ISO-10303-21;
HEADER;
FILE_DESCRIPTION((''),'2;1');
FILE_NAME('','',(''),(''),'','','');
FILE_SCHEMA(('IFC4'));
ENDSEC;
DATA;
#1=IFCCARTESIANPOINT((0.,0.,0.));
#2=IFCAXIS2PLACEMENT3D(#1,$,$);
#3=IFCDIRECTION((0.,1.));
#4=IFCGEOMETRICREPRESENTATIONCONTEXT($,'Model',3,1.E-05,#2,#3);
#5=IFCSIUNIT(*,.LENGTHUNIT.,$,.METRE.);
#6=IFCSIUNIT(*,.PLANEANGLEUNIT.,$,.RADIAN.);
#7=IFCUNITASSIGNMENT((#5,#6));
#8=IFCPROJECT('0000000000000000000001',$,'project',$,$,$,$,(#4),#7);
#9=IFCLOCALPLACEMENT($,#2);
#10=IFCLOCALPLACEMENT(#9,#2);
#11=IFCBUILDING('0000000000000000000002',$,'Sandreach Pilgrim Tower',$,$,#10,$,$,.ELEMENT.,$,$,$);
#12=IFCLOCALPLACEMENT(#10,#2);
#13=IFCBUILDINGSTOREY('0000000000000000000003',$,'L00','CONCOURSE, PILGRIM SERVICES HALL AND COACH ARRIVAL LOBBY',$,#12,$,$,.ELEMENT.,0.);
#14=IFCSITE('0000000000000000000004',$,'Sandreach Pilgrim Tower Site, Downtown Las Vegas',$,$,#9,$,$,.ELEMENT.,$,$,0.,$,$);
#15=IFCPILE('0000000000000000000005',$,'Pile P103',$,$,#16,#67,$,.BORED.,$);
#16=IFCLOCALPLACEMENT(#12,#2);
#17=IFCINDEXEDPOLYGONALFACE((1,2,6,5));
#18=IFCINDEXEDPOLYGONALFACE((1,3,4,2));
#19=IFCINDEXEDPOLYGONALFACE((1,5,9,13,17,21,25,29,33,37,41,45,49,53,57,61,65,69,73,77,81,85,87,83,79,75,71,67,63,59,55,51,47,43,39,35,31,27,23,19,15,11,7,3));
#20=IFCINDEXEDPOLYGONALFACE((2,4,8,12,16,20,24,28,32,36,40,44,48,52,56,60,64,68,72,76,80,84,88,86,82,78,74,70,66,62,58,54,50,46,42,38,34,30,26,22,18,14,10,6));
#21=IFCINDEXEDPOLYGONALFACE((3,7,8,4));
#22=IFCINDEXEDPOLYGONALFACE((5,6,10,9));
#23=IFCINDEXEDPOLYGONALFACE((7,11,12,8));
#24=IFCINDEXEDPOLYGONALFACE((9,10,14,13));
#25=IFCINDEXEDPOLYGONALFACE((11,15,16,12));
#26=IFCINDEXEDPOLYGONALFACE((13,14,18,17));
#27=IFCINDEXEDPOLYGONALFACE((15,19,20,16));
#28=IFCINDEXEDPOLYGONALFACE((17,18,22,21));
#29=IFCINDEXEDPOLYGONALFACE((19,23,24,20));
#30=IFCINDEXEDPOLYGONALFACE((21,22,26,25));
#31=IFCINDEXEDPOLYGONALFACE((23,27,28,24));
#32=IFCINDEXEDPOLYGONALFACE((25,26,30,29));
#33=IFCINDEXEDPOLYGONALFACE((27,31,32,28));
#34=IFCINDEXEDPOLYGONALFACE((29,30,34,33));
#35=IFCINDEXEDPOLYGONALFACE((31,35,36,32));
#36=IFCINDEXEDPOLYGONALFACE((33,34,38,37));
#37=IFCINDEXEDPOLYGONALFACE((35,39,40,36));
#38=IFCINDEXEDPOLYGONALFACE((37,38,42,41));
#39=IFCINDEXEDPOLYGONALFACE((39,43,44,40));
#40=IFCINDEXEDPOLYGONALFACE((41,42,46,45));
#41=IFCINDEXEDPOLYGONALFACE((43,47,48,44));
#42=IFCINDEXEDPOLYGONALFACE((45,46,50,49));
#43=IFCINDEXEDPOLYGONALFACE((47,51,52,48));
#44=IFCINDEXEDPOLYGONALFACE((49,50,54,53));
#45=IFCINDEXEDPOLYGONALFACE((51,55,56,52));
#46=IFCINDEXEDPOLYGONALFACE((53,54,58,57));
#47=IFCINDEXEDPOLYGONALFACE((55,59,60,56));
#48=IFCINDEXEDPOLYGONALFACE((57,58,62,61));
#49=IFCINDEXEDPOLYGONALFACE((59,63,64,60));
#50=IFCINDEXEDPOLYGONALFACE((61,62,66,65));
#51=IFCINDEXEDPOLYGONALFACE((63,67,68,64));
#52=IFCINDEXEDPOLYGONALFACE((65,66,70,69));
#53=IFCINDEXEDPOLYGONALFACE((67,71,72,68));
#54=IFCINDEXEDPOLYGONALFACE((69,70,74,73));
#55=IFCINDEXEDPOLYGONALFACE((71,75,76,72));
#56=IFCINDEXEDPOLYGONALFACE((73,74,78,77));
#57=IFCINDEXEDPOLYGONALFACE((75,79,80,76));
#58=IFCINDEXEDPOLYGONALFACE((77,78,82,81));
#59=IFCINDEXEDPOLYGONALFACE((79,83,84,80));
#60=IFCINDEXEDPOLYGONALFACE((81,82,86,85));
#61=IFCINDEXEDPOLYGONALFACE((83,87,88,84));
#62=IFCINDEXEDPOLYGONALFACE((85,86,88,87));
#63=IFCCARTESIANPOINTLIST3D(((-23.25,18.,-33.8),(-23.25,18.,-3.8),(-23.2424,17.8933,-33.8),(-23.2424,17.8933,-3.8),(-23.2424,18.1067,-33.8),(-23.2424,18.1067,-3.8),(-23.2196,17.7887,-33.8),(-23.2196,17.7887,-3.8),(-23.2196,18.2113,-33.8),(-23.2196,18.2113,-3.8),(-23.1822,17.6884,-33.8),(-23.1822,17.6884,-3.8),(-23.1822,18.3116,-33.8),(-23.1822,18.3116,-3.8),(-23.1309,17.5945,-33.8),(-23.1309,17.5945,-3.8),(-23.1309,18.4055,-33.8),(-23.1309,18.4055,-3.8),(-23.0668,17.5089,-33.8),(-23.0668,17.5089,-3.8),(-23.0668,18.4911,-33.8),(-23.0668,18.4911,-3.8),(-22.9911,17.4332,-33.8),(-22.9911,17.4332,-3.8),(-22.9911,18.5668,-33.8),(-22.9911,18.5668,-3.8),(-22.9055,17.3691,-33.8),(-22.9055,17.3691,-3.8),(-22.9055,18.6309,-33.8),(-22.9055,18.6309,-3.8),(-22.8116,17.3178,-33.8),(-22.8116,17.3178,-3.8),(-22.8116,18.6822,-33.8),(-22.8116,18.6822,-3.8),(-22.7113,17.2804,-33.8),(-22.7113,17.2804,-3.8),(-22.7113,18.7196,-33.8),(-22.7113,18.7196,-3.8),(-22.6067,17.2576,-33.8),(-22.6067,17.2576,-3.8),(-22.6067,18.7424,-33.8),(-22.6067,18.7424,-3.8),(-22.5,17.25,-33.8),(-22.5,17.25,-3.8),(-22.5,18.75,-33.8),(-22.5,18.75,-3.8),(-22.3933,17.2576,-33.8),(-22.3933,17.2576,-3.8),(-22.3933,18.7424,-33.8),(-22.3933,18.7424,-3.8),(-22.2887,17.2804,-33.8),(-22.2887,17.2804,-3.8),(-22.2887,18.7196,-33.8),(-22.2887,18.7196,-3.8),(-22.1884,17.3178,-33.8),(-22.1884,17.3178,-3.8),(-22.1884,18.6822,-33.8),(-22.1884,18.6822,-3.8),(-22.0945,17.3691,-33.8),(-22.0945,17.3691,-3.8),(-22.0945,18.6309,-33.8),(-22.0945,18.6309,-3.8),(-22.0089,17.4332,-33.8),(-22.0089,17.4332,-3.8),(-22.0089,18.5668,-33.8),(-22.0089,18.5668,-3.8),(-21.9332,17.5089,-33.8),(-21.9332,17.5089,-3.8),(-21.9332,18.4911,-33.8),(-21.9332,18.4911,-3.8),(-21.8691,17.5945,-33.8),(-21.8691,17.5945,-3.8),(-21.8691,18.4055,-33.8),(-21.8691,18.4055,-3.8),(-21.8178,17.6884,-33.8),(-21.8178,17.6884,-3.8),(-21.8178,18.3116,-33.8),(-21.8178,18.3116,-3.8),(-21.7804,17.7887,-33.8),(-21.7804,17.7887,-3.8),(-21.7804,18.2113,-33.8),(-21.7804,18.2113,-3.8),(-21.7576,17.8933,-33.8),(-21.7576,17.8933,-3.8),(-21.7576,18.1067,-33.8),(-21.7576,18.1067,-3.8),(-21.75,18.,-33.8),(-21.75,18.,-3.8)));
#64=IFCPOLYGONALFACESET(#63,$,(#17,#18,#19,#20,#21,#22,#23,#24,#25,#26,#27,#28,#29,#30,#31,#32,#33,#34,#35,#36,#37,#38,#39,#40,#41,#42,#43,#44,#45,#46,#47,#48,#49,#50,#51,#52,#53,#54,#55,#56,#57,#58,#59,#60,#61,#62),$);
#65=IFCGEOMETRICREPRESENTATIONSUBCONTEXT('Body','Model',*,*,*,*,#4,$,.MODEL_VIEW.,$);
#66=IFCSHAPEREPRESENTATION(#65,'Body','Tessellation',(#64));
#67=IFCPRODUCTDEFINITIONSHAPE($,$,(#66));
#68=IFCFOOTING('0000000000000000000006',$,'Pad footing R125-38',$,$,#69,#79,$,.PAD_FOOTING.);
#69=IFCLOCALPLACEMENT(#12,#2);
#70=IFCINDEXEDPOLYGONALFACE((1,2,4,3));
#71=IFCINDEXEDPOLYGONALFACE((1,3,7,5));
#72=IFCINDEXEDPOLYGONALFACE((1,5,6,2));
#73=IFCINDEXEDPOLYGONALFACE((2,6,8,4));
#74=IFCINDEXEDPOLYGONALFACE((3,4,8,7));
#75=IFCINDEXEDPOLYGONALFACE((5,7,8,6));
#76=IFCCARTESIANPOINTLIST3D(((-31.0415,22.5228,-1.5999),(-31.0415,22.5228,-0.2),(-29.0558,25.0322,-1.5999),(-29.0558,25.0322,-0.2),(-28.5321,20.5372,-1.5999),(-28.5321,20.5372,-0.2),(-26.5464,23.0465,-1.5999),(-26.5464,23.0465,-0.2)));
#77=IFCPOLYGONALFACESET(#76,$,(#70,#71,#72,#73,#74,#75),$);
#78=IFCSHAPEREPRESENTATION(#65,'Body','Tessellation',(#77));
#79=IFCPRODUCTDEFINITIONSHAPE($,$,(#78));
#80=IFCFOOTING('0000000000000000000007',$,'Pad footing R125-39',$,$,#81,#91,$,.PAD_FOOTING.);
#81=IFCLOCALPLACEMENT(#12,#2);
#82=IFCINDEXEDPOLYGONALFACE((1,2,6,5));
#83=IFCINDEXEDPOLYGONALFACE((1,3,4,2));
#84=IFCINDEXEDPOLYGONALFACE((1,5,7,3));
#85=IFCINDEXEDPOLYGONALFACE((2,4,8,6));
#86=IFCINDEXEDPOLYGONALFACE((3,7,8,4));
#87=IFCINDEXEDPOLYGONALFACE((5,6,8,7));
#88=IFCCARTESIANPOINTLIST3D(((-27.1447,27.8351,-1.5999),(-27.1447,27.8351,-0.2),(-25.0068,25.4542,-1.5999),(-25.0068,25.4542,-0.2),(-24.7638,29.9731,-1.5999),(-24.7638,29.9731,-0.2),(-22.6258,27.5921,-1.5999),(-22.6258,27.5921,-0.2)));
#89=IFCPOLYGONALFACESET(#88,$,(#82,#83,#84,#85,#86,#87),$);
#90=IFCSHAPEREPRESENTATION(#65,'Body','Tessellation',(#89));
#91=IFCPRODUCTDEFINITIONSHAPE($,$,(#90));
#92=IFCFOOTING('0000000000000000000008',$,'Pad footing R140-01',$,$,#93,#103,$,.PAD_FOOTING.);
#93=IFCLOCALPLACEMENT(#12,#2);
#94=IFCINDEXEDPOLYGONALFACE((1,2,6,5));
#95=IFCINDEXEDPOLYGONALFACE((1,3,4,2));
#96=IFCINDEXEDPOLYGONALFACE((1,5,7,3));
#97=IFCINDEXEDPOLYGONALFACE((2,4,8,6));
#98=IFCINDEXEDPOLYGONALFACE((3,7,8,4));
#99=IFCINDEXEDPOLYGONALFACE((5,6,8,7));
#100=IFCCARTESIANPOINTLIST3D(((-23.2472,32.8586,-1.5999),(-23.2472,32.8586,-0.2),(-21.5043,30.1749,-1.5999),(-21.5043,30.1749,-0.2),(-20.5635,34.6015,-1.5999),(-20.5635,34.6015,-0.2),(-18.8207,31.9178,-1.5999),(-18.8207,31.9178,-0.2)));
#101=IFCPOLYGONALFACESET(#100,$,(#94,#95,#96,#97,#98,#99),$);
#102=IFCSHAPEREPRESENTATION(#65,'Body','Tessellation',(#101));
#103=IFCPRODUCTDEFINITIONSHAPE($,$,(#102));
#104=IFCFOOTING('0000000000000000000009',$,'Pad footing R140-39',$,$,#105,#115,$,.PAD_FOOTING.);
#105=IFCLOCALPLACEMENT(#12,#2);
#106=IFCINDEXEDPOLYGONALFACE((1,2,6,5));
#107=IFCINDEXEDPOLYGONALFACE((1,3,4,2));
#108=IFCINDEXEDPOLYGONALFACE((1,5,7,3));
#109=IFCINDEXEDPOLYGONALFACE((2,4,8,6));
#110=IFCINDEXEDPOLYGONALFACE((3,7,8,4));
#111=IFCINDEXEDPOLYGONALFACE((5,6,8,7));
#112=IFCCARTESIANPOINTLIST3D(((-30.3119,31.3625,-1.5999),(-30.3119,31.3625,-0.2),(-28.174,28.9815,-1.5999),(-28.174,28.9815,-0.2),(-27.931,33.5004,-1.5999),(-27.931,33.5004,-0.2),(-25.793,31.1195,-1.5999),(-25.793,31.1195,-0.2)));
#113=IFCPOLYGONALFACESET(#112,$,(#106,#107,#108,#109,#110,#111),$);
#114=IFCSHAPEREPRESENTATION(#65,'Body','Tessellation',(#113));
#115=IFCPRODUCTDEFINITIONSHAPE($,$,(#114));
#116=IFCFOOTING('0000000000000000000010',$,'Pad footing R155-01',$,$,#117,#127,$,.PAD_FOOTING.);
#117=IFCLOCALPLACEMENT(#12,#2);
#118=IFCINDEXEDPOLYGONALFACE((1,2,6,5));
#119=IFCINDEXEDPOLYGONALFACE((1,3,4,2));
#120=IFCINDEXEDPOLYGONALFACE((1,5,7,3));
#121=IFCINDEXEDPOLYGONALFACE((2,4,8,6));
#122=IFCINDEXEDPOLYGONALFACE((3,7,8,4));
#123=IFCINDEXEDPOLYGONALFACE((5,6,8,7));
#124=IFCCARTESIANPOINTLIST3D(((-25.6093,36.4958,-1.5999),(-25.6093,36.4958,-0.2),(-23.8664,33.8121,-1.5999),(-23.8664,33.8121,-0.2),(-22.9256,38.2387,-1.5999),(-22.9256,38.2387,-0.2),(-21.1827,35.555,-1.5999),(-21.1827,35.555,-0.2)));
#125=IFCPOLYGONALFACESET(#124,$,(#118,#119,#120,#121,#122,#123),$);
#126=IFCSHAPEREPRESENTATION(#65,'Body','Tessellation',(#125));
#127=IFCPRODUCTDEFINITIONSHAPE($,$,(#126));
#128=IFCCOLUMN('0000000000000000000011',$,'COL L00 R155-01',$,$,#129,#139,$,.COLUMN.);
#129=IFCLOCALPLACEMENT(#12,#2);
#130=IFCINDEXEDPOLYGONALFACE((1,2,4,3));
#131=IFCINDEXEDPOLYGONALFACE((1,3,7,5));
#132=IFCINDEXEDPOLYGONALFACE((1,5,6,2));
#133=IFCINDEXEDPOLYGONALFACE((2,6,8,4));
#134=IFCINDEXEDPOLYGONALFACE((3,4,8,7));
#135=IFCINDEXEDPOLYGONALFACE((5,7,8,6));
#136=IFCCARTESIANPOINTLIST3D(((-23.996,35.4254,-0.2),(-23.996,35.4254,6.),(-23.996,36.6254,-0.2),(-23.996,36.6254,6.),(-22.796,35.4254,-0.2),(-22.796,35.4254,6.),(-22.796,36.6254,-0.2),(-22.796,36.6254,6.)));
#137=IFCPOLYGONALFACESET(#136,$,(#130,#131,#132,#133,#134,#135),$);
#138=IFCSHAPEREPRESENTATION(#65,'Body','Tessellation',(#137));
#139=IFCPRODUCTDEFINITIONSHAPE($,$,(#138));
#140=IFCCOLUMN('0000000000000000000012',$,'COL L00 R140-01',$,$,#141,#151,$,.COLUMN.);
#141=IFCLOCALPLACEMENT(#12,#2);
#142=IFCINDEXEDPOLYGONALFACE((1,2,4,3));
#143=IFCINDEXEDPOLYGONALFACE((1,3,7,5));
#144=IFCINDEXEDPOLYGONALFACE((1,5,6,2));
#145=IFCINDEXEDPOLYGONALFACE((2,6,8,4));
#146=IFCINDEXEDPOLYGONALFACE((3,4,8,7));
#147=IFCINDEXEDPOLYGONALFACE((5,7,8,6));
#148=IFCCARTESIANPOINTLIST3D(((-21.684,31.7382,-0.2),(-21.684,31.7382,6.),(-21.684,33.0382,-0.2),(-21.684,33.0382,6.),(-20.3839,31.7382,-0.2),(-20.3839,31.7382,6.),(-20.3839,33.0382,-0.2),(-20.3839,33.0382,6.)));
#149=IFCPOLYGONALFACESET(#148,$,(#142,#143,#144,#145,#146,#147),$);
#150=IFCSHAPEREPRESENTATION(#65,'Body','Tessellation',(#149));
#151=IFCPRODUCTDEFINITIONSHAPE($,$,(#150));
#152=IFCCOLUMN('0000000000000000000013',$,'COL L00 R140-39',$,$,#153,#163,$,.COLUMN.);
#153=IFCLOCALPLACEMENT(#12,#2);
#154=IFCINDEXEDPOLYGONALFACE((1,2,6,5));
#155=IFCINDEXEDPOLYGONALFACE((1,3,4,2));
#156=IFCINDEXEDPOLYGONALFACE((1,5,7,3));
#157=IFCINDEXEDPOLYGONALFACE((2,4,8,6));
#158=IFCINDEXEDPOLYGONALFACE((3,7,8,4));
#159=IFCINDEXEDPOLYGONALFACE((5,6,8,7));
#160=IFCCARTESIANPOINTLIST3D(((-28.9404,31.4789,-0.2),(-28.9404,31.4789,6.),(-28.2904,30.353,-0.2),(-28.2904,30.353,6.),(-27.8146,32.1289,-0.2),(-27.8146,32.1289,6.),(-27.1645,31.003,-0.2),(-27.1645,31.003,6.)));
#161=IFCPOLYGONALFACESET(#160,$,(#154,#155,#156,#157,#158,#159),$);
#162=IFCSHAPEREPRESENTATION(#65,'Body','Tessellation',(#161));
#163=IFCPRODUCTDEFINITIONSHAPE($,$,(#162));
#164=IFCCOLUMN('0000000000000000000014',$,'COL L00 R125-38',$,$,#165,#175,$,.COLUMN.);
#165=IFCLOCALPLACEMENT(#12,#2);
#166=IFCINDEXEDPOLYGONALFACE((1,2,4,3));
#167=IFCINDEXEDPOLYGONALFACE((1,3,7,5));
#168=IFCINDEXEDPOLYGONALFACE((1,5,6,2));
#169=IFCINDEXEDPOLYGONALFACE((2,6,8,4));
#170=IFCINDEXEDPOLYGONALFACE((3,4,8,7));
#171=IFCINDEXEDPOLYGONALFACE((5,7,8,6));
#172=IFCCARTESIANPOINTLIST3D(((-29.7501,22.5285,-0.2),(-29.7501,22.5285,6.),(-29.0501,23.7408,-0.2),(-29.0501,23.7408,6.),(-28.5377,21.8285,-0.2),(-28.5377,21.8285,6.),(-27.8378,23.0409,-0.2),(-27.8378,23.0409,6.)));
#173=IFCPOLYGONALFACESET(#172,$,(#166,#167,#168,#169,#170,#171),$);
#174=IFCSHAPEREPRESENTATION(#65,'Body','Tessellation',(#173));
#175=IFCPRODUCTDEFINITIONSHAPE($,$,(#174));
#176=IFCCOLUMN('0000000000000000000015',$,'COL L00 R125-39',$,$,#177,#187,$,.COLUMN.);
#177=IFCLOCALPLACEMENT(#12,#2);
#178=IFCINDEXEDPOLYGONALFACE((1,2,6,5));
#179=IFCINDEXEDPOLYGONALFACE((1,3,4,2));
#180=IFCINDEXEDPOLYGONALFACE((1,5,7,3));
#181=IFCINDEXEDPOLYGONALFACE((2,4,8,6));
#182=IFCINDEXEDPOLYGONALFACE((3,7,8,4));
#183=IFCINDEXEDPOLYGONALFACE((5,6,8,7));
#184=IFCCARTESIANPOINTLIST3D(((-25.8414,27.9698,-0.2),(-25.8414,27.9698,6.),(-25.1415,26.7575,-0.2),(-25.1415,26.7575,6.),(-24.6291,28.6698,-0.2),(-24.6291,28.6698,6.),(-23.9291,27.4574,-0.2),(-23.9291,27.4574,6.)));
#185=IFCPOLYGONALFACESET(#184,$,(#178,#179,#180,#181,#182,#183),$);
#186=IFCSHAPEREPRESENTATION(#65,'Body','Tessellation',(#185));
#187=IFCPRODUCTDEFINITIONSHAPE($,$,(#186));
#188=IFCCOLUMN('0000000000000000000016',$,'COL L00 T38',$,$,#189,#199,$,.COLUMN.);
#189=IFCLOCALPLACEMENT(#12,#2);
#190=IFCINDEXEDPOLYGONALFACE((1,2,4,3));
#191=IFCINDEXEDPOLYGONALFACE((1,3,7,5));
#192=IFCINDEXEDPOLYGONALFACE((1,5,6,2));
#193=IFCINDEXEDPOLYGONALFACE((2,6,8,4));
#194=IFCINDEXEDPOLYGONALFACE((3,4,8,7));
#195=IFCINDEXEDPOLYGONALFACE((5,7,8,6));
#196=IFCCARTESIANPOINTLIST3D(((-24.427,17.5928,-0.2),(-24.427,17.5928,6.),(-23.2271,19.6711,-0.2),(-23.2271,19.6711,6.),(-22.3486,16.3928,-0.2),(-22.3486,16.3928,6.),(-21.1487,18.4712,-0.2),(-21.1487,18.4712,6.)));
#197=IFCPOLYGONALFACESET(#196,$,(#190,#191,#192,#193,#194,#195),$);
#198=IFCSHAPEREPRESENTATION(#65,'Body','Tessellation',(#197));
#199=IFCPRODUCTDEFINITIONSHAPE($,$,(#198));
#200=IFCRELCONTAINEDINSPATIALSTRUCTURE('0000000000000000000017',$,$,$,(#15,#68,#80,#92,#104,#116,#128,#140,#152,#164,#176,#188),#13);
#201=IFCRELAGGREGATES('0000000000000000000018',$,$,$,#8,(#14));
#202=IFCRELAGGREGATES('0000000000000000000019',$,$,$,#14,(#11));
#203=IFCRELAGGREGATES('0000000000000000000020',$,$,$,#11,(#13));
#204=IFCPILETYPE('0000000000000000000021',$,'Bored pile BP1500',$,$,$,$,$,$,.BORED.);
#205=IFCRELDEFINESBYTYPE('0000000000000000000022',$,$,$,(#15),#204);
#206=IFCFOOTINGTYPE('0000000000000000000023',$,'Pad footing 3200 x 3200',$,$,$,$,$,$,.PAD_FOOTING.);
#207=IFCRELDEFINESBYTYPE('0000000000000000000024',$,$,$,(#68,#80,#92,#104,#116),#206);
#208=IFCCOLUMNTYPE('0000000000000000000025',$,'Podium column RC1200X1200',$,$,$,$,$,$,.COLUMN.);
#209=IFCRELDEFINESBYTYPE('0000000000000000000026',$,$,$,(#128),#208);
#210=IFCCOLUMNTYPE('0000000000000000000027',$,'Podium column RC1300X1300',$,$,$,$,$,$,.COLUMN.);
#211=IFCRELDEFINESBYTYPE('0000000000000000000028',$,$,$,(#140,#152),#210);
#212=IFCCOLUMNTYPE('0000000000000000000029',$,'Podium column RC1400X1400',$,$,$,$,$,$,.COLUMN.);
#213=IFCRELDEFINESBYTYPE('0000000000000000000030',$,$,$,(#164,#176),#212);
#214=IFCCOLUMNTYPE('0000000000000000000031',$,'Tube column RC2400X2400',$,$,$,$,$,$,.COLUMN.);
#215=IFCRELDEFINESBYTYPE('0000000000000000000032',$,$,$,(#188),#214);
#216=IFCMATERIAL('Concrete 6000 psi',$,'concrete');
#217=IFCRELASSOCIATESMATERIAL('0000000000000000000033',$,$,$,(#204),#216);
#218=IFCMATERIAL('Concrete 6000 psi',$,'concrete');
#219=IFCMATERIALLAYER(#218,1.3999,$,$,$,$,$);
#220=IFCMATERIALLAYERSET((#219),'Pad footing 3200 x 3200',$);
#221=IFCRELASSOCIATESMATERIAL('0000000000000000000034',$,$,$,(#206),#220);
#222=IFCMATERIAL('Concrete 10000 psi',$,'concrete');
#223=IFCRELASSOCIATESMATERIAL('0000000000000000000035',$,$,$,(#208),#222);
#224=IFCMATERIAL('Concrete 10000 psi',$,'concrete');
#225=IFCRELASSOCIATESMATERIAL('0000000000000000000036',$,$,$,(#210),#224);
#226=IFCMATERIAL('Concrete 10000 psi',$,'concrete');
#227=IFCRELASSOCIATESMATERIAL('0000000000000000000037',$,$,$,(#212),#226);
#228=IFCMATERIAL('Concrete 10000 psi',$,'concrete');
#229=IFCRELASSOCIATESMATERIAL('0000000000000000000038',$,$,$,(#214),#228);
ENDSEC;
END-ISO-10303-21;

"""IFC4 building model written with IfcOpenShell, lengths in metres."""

from ifc_helpers import new_model, si_unit, direction, frame, origin, origin_2d, place, context, subcontext, project, spatial, rectangle, circle, extrude, material, layer, layer_set, material_profile, profile_set, type_object, element, save


model = new_model("IFC4")

# Units and contexts
model_context = context("Model", 3, precision=1e-05, world=origin(), true_north=direction((0.0, 1.0)))
body_context = subcontext(model_context, "Body", "Model", "MODEL_VIEW")
ifc_project = project(units=[si_unit("LENGTHUNIT", "METRE"), si_unit("PLANEANGLEUNIT", "RADIAN")], contexts=[model_context])

# Site, building, storey
site_placement = place(None, origin())
site = spatial("IfcSite", under=ifc_project, at=site_placement, Name="Sandreach Pilgrim Tower Site, Downtown Las Vegas", CompositionType="ELEMENT", RefElevation=0.0)
building_placement = place(site_placement, origin())
building = spatial("IfcBuilding", under=site, at=building_placement, Name="Sandreach Pilgrim Tower", CompositionType="ELEMENT")
storey_placement = place(building_placement, origin())
storey = spatial("IfcBuildingStorey", under=building, at=storey_placement, Name="L00", Description="CONCOURSE, PILGRIM SERVICES HALL AND COACH ARRIVAL LOBBY", CompositionType="ELEMENT", Elevation=0.0)

# Pile
ifc_material_1 = material(Name="Concrete 6000 psi", Category="concrete")
ifc_material_profile_1 = material_profile(ifc_material_1, circle(Radius=0.75, at=origin_2d()), Name="BP1500")
ifc_profile_set_1 = profile_set([ifc_material_profile_1], Name="Concrete 6000 psi")
pile_type = type_object("IfcPileType", Name="Bored pile BP1500", PredefinedType="BORED", material=ifc_profile_set_1)
pile_placement = place(storey_placement, frame((-22.5, 18.0, -3.8), z_axis=(0.0, 0.0, -1.0), x_axis=(1.0, 0.0, 0.0)))
element("IfcPile", 1, at=pile_placement, inside=storey, type_object=pile_type, Name="Pile P103", PredefinedType="BORED", context=body_context, shape_type="SweptSolid", body=[
    extrude(circle(Radius=0.75, at=origin_2d()), origin(), (0.0, 0.0, 1.0), 30.0),
])

# Footings
ifc_material_2 = material(Name="Concrete 6000 psi", Category="concrete")
ifc_layer_1 = layer(ifc_material_2, 1.3999)
ifc_layer_set_1 = layer_set([ifc_layer_1], Name="Pad footing 3200 x 3200")
footing_type = type_object("IfcFootingType", Name="Pad footing 3200 x 3200", PredefinedType="PAD_FOOTING", material=ifc_layer_set_1)
for number, where, z_axis, x_axis, name in (
    (2, (-28.7939, 22.7847, -1.5999), (0.0, 0.0, 1.0), (-0.784185, 0.620527, 0.0), "Pad footing R125-38"),
    (3, (-24.8853, 27.7136, -1.5999), (0.0, 0.0, 1.0), (-0.668117, 0.744056, 0.0), "Pad footing R125-39"),
    (4, (-21.0339, 32.3882, -1.5999), (0.0, 0.0, 1.0), (-0.544652, 0.838662, 0.0), "Pad footing R140-01"),
    (5, (-28.0525, 31.241, -1.5999), (0.0, 0.0, 1.0), (-0.668117, 0.744056, 0.0), "Pad footing R140-39"),
    (6, (-23.396, 36.0254, -1.5999), (0.0, 0.0, 1.0), (-0.544652, 0.838662, 0.0), "Pad footing R155-01"),
):
    element("IfcFooting", number, at=place(storey_placement, frame(where, z_axis=z_axis, x_axis=x_axis)), inside=storey, type_object=footing_type, Name=name, PredefinedType="PAD_FOOTING", context=body_context, shape_type="SweptSolid", body=[
        extrude(rectangle(XDim=3.2, YDim=3.2, at=origin_2d()), origin(), (0.0, 0.0, 1.0), 1.3999),
    ])

# Columns
ifc_material_3 = material(Name="Concrete 10000 psi", Category="concrete")
ifc_material_profile_2 = material_profile(ifc_material_3, rectangle(XDim=1.2, YDim=1.2, at=origin_2d()), Name="RC1200X1200")
ifc_profile_set_2 = profile_set([ifc_material_profile_2], Name="Concrete 10000 psi")
column_type_1 = type_object("IfcColumnType", Name="Podium column RC1200X1200", PredefinedType="COLUMN", material=ifc_profile_set_2)
column_1_placement = place(storey_placement, frame((-23.396, 36.0254, -0.2), z_axis=(0.0, 0.0, 1.0), x_axis=(0.0, 1.0, 0.0)))
element("IfcColumn", 7, at=column_1_placement, inside=storey, type_object=column_type_1, Name="COL L00 R155-01", PredefinedType="COLUMN", context=body_context, shape_type="SweptSolid", body=[
    extrude(rectangle(XDim=1.2, YDim=1.2, at=origin_2d()), origin(), (0.0, 0.0, 1.0), 6.2),
])
ifc_material_4 = material(Name="Concrete 10000 psi", Category="concrete")
ifc_material_profile_3 = material_profile(ifc_material_4, rectangle(XDim=1.3, YDim=1.3, at=origin_2d()), Name="RC1300X1300")
ifc_profile_set_3 = profile_set([ifc_material_profile_3], Name="Concrete 10000 psi")
column_type_2 = type_object("IfcColumnType", Name="Podium column RC1300X1300", PredefinedType="COLUMN", material=ifc_profile_set_3)
for number, where, z_axis, x_axis, name in (
    (8, (-21.0339, 32.3882, -0.2), (0.0, 0.0, 1.0), (0.0, 1.0, 0.0), "COL L00 R140-01"),
    (9, (-28.0525, 31.241, -0.2), (0.0, 0.0, 1.0), (-0.5, 0.866025, 0.0), "COL L00 R140-39"),
):
    element("IfcColumn", number, at=place(storey_placement, frame(where, z_axis=z_axis, x_axis=x_axis)), inside=storey, type_object=column_type_2, Name=name, PredefinedType="COLUMN", context=body_context, shape_type="SweptSolid", body=[
        extrude(rectangle(XDim=1.3, YDim=1.3, at=origin_2d()), origin(), (0.0, 0.0, 1.0), 6.2),
    ])
ifc_material_5 = material(Name="Concrete 10000 psi", Category="concrete")
ifc_material_profile_4 = material_profile(ifc_material_5, rectangle(XDim=1.3999, YDim=1.3999, at=origin_2d()), Name="RC1400X1400")
ifc_profile_set_4 = profile_set([ifc_material_profile_4], Name="Concrete 10000 psi")
column_type_3 = type_object("IfcColumnType", Name="Podium column RC1400X1400", PredefinedType="COLUMN", material=ifc_profile_set_4)
for number, where, z_axis, x_axis, name in (
    (10, (-28.7939, 22.7847, -0.2), (0.0, 0.0, 1.0), (-0.866025, 0.5, 0.0), "COL L00 R125-38"),
    (11, (-24.8853, 27.7136, -0.2), (0.0, 0.0, 1.0), (-0.5, 0.866025, 0.0), "COL L00 R125-39"),
):
    element("IfcColumn", number, at=place(storey_placement, frame(where, z_axis=z_axis, x_axis=x_axis)), inside=storey, type_object=column_type_3, Name=name, PredefinedType="COLUMN", context=body_context, shape_type="SweptSolid", body=[
        extrude(rectangle(XDim=1.3999, YDim=1.3999, at=origin_2d()), origin(), (0.0, 0.0, 1.0), 6.2),
    ])
ifc_material_6 = material(Name="Concrete 10000 psi", Category="concrete")
ifc_material_profile_5 = material_profile(ifc_material_6, rectangle(XDim=2.3999, YDim=2.3999, at=origin_2d()), Name="RC2400X2400")
ifc_profile_set_5 = profile_set([ifc_material_profile_5], Name="Concrete 10000 psi")
column_type_4 = type_object("IfcColumnType", Name="Tube column RC2400X2400", PredefinedType="COLUMN", material=ifc_profile_set_5)
column_2_placement = place(storey_placement, frame((-22.7878, 18.032, -0.2), z_axis=(0.0, 0.0, 1.0), x_axis=(-0.866025, 0.5, 0.0)))
element("IfcColumn", 12, at=column_2_placement, inside=storey, type_object=column_type_4, Name="COL L00 T38", PredefinedType="COLUMN", context=body_context, shape_type="SweptSolid", body=[
    extrude(rectangle(XDim=2.3999, YDim=2.3999, at=origin_2d()), origin(), (0.0, 0.0, 1.0), 6.2),
])

save(model, "model.ifc")
